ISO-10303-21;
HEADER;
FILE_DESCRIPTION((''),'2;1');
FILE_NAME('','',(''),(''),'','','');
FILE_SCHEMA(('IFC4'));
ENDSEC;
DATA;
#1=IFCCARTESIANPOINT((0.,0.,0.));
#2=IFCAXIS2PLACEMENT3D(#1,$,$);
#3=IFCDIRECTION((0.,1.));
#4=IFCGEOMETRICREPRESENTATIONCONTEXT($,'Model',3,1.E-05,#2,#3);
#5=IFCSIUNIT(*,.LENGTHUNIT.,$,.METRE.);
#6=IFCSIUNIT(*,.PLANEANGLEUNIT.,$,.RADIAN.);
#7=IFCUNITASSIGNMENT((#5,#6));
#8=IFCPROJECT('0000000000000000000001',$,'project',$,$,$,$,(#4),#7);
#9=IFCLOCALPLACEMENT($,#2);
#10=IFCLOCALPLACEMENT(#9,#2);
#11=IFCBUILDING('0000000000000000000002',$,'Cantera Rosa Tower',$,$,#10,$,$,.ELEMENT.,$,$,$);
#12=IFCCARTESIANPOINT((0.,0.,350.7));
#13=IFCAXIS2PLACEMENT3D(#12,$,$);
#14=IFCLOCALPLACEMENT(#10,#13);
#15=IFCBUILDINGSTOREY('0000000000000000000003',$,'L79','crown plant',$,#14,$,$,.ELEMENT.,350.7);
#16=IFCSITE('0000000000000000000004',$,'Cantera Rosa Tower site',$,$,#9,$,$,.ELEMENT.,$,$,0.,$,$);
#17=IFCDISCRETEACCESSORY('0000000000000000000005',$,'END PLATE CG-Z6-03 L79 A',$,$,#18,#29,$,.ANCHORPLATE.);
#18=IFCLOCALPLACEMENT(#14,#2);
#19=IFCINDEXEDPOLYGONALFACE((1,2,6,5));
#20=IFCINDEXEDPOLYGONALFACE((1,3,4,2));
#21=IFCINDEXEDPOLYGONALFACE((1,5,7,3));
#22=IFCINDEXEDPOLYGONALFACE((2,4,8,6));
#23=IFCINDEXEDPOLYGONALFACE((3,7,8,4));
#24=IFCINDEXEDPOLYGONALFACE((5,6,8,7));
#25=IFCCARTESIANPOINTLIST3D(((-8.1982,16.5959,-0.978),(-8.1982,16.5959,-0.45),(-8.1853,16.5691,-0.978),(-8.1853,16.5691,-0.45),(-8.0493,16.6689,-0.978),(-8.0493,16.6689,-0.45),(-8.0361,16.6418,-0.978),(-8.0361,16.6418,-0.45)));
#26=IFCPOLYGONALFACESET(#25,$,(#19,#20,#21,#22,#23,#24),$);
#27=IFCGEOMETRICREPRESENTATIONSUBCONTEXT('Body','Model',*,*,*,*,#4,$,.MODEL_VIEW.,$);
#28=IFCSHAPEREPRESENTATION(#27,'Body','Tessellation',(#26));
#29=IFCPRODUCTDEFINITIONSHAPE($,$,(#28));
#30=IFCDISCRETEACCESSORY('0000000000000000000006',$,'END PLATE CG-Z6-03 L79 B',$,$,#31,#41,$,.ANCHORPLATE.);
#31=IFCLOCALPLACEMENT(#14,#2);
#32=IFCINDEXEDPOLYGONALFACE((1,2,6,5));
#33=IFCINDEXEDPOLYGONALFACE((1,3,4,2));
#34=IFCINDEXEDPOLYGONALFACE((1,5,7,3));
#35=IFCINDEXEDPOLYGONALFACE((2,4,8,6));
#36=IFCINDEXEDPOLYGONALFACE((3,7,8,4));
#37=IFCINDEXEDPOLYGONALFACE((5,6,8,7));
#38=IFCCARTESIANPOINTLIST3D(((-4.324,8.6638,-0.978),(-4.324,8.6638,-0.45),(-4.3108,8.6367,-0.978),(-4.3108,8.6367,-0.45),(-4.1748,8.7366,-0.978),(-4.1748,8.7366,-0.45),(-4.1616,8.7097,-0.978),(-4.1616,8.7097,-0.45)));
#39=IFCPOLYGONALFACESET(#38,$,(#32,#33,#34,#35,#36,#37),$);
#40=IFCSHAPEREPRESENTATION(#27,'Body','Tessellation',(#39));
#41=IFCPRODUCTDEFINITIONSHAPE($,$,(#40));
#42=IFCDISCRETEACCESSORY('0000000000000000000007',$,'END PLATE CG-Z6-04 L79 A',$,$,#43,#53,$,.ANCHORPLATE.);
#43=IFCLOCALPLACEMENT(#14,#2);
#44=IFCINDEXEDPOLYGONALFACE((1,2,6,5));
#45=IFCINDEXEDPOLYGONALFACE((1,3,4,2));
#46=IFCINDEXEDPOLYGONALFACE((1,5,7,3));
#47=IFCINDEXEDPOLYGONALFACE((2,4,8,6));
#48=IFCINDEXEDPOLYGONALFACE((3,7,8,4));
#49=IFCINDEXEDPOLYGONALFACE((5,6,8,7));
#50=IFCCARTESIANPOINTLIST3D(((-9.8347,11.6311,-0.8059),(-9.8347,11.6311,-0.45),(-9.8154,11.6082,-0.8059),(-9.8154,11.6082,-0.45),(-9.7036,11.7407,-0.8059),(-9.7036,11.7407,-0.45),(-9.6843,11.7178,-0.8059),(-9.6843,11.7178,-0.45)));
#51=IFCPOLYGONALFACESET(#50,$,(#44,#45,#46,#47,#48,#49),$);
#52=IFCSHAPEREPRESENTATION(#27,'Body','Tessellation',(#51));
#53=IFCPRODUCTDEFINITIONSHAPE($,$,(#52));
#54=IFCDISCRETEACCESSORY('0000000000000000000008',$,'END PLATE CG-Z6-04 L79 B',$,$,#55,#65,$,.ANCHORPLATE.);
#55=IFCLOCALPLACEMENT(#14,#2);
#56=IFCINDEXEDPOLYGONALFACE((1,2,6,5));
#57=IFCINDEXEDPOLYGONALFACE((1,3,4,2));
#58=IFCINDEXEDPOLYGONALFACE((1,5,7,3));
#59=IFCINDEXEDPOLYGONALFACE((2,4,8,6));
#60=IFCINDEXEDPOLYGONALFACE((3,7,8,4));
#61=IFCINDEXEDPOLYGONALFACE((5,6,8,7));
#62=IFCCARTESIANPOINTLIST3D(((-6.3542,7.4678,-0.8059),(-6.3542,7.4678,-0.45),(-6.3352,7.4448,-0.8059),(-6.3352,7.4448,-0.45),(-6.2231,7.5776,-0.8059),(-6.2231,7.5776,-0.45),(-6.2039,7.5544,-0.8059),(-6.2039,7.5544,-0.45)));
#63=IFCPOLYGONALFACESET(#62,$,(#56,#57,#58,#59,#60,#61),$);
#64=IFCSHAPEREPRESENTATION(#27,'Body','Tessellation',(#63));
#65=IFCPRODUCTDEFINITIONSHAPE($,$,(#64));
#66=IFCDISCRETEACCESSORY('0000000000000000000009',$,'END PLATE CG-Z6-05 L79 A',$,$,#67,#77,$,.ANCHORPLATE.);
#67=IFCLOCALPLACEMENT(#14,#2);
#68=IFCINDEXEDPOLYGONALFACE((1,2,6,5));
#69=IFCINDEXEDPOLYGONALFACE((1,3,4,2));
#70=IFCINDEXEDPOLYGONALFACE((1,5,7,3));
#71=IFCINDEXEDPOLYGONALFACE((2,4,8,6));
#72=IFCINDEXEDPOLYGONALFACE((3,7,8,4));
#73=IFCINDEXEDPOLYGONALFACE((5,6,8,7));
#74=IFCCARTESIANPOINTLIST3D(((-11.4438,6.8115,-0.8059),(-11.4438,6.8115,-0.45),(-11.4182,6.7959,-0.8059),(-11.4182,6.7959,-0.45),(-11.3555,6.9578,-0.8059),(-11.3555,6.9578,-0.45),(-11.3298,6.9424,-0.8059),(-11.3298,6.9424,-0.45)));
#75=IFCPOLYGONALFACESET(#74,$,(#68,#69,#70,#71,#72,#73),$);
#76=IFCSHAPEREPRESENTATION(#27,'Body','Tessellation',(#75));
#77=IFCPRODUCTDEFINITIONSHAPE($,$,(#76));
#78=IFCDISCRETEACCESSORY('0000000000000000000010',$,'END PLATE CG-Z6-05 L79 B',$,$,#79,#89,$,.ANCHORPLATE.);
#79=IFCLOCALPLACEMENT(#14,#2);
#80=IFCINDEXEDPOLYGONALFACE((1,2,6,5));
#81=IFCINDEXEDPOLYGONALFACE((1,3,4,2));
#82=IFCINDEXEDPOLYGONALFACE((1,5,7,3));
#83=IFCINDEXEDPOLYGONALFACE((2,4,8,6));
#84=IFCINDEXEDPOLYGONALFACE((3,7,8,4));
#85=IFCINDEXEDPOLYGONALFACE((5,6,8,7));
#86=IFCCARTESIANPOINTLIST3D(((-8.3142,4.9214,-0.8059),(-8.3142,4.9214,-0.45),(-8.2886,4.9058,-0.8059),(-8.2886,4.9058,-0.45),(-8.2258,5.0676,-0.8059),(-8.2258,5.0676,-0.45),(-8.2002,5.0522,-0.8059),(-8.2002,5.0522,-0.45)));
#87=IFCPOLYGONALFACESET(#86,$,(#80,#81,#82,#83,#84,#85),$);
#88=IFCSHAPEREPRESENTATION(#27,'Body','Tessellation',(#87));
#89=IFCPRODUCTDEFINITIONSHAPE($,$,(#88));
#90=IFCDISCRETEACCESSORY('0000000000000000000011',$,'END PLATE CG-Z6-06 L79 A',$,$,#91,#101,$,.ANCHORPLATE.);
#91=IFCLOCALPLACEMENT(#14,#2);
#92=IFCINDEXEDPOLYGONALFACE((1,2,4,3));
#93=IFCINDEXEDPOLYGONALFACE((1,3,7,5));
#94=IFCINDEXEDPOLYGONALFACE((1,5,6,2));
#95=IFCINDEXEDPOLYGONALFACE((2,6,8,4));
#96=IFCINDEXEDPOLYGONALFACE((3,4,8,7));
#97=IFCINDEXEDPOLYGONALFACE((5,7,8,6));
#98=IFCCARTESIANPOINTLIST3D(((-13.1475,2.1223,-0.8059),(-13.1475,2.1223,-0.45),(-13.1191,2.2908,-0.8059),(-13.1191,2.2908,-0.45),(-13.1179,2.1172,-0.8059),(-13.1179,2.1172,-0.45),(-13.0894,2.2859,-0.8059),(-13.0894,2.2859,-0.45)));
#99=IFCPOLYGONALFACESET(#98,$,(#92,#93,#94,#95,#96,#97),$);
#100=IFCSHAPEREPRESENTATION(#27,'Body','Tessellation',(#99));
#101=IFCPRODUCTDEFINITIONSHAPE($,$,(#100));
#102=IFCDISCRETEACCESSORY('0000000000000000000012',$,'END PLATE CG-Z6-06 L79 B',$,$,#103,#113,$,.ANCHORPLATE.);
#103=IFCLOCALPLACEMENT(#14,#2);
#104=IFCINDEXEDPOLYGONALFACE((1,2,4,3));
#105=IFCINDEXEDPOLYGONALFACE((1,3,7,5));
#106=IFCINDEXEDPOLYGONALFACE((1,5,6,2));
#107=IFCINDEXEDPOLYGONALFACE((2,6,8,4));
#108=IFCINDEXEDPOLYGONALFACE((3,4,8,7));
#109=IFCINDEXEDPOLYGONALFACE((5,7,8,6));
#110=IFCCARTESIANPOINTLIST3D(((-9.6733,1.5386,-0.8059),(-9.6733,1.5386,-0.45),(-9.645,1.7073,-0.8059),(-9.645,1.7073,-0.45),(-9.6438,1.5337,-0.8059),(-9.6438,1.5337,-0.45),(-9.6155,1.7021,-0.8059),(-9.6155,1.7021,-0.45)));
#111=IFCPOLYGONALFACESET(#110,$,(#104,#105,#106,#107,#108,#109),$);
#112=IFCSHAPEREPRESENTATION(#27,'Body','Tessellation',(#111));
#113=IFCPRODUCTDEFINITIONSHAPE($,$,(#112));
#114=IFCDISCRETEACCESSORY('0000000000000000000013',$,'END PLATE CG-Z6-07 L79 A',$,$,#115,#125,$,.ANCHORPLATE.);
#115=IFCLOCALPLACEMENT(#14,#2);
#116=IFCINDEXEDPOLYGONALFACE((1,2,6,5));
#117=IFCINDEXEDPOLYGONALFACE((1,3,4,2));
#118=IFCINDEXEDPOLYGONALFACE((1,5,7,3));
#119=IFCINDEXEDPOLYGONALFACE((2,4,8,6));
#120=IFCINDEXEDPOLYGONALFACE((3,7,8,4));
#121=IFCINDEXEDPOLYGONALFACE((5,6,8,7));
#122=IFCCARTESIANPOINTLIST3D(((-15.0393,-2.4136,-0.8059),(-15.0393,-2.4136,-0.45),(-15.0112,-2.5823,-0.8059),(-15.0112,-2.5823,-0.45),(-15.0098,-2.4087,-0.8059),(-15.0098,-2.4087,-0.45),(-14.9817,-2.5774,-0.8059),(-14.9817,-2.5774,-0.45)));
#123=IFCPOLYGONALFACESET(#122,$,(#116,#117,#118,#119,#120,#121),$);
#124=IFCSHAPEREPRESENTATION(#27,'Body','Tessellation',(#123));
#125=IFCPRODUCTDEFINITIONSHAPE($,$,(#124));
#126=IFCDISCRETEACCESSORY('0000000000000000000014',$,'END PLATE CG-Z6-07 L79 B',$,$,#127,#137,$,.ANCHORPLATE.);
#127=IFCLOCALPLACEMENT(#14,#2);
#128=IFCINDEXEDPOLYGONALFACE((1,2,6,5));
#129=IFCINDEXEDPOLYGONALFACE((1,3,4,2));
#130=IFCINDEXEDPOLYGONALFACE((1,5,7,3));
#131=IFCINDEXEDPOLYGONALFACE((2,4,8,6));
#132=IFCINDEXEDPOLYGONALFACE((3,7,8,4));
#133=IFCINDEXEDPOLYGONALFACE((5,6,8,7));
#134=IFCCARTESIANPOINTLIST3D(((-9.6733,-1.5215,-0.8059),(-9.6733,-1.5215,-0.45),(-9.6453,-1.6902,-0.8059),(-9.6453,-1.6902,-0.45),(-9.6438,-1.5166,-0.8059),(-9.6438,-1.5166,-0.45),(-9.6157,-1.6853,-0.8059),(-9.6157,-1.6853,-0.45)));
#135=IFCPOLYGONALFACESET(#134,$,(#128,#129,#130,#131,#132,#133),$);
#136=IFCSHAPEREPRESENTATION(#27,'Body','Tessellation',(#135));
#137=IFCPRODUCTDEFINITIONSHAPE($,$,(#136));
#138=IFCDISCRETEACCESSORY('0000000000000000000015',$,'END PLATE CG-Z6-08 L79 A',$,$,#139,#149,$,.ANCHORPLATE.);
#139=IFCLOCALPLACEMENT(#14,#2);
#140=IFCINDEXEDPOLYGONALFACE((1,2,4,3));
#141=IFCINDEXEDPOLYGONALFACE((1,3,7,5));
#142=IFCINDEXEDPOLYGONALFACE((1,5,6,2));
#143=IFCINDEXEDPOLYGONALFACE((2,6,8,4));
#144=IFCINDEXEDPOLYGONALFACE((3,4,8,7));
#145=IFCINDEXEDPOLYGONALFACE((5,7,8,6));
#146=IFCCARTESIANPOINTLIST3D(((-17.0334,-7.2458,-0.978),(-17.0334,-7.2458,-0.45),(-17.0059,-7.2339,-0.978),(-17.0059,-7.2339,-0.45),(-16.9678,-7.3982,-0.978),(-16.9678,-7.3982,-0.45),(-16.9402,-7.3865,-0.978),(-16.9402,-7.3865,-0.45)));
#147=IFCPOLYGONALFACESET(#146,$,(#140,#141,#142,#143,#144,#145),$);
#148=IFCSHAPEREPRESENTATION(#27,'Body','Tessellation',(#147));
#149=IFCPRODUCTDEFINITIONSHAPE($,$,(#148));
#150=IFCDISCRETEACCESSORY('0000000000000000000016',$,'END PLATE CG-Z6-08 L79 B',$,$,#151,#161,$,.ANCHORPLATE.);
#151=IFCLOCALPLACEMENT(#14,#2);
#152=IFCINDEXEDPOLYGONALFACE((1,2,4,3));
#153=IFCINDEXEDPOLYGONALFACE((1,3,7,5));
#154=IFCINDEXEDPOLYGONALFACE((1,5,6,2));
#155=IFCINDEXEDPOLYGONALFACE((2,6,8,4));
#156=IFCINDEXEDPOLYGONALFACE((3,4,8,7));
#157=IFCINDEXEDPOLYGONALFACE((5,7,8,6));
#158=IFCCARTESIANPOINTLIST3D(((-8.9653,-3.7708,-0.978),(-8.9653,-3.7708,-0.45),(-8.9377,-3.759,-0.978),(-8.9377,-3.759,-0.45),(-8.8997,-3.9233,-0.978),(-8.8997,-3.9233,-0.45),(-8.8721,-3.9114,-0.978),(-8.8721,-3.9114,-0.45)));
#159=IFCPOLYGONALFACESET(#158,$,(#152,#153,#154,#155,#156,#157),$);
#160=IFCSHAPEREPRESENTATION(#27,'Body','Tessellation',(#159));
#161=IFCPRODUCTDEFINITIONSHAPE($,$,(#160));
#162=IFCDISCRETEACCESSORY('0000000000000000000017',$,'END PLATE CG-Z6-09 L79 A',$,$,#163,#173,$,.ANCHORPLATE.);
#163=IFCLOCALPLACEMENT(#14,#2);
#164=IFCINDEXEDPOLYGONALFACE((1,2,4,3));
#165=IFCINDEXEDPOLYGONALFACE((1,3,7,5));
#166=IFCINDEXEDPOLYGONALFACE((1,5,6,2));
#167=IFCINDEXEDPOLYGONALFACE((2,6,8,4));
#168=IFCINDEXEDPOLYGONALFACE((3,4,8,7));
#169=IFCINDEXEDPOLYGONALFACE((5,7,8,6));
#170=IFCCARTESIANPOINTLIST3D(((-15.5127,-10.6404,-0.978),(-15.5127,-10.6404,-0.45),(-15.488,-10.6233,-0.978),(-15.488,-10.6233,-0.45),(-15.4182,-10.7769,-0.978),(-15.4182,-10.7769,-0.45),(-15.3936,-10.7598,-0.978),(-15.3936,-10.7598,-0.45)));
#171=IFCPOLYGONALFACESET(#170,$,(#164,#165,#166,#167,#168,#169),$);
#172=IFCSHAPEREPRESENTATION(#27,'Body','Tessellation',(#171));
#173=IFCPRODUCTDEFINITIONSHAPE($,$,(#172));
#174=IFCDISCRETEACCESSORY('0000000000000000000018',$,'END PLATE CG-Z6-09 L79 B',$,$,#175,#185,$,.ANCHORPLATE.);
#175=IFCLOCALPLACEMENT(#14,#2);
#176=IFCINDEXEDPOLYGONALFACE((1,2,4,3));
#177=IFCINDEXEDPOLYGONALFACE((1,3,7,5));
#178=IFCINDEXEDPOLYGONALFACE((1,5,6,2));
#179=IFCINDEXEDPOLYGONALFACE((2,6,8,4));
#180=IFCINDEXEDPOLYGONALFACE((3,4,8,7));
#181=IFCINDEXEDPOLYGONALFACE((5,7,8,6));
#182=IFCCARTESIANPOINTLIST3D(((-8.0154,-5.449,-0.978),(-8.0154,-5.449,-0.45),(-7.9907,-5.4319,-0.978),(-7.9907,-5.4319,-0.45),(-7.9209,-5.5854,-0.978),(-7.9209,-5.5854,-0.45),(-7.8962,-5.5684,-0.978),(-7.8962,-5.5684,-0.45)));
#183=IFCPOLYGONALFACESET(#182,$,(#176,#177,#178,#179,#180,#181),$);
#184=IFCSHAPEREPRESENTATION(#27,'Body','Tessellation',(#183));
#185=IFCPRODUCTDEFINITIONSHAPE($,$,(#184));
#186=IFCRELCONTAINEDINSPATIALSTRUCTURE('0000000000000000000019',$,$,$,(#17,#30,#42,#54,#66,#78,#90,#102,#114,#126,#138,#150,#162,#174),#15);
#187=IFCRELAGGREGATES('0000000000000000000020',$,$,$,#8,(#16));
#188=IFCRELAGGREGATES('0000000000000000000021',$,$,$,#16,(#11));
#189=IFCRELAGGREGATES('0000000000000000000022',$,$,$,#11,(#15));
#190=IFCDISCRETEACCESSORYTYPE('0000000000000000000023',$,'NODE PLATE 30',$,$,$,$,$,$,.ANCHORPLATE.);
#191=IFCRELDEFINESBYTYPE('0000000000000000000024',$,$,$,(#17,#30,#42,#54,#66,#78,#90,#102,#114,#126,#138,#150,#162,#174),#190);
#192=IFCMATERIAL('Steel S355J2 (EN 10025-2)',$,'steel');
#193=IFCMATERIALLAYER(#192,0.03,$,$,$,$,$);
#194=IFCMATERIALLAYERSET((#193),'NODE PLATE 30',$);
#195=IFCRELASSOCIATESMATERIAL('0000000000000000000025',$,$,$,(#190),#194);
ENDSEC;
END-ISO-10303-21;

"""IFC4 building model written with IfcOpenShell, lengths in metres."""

from ifc_helpers import new_model, si_unit, direction, frame, origin, place, context, subcontext, project, spatial, polyline, outline, extrude, material, layer, layer_set, type_object, element, save


model = new_model("IFC4")

# Units and contexts
model_context = context("Model", 3, precision=1e-05, world=origin(), true_north=direction((0.0, 1.0)))
body_context = subcontext(model_context, "Body", "Model", "MODEL_VIEW")
ifc_project = project(units=[si_unit("LENGTHUNIT", "METRE"), si_unit("PLANEANGLEUNIT", "RADIAN")], contexts=[model_context])

# Site, building, storey
site_placement = place(None, origin())
site = spatial("IfcSite", under=ifc_project, at=site_placement, Name="Cantera Rosa Tower site", CompositionType="ELEMENT", RefElevation=0.0)
building_placement = place(site_placement, origin())
building = spatial("IfcBuilding", under=site, at=building_placement, Name="Cantera Rosa Tower", CompositionType="ELEMENT")
storey_placement = place(building_placement, frame((0.0, 0.0, 350.7)))
storey = spatial("IfcBuildingStorey", under=building, at=storey_placement, Name="L79", Description="crown plant", CompositionType="ELEMENT", Elevation=350.7)

# Discrete accessories
ifc_material_1 = material(Name="Steel S355J2 (EN 10025-2)", Category="steel")
ifc_layer_1 = layer(ifc_material_1, 0.03)
ifc_layer_set_1 = layer_set([ifc_layer_1], Name="NODE PLATE 30")
discrete_accessory_type = type_object("IfcDiscreteAccessoryType", Name="NODE PLATE 30", PredefinedType="ANCHORPLATE", material=ifc_layer_set_1)
discrete_accessory_1_placement = place(storey_placement, frame((0.0, 0.0, -0.978)))
element("IfcDiscreteAccessory", 1, at=discrete_accessory_1_placement, inside=storey, type_object=discrete_accessory_type, Name="END PLATE CG-Z6-03 L79 A", PredefinedType="ANCHORPLATE", context=body_context, shape_type="SweptSolid", body=[
    extrude(outline(polyline([(-8.1853, 16.5691), (-8.1982, 16.5959), (-8.0493, 16.6689), (-8.0361, 16.6418), (-8.1853, 16.5691)])), origin(), (0.0, 0.0, 1.0), 0.5281),
])
discrete_accessory_2_placement = place(storey_placement, frame((0.0, 0.0, -0.978)))
element("IfcDiscreteAccessory", 2, at=discrete_accessory_2_placement, inside=storey, type_object=discrete_accessory_type, Name="END PLATE CG-Z6-03 L79 B", PredefinedType="ANCHORPLATE", context=body_context, shape_type="SweptSolid", body=[
    extrude(outline(polyline([(-4.1748, 8.7366), (-4.1616, 8.7097), (-4.3108, 8.6367), (-4.324, 8.6638), (-4.1748, 8.7366)])), origin(), (0.0, 0.0, 1.0), 0.5281),
])
discrete_accessory_3_placement = place(storey_placement, frame((0.0, 0.0, -0.8059)))
element("IfcDiscreteAccessory", 3, at=discrete_accessory_3_placement, inside=storey, type_object=discrete_accessory_type, Name="END PLATE CG-Z6-04 L79 A", PredefinedType="ANCHORPLATE", context=body_context, shape_type="SweptSolid", body=[
    extrude(outline(polyline([(-9.8154, 11.6082), (-9.8347, 11.6311), (-9.7036, 11.7407), (-9.6843, 11.7178), (-9.8154, 11.6082)])), origin(), (0.0, 0.0, 1.0), 0.356),
])
discrete_accessory_4_placement = place(storey_placement, frame((0.0, 0.0, -0.8059)))
element("IfcDiscreteAccessory", 4, at=discrete_accessory_4_placement, inside=storey, type_object=discrete_accessory_type, Name="END PLATE CG-Z6-04 L79 B", PredefinedType="ANCHORPLATE", context=body_context, shape_type="SweptSolid", body=[
    extrude(outline(polyline([(-6.2231, 7.5776), (-6.2039, 7.5544), (-6.3352, 7.4448), (-6.3542, 7.4678), (-6.2231, 7.5776)])), origin(), (0.0, 0.0, 1.0), 0.356),
])
discrete_accessory_5_placement = place(storey_placement, frame((0.0, 0.0, -0.8059)))
element("IfcDiscreteAccessory", 5, at=discrete_accessory_5_placement, inside=storey, type_object=discrete_accessory_type, Name="END PLATE CG-Z6-05 L79 A", PredefinedType="ANCHORPLATE", context=body_context, shape_type="SweptSolid", body=[
    extrude(outline(polyline([(-11.4182, 6.7959), (-11.4438, 6.8115), (-11.3555, 6.9578), (-11.3298, 6.9424), (-11.4182, 6.7959)])), origin(), (0.0, 0.0, 1.0), 0.356),
])
discrete_accessory_6_placement = place(storey_placement, frame((0.0, 0.0, -0.8059)))
element("IfcDiscreteAccessory", 6, at=discrete_accessory_6_placement, inside=storey, type_object=discrete_accessory_type, Name="END PLATE CG-Z6-05 L79 B", PredefinedType="ANCHORPLATE", context=body_context, shape_type="SweptSolid", body=[
    extrude(outline(polyline([(-8.2258, 5.0676), (-8.2002, 5.0522), (-8.2886, 4.9058), (-8.3142, 4.9214), (-8.2258, 5.0676)])), origin(), (0.0, 0.0, 1.0), 0.356),
])
discrete_accessory_7_placement = place(storey_placement, frame((0.0, 0.0, -0.8059)))
element("IfcDiscreteAccessory", 7, at=discrete_accessory_7_placement, inside=storey, type_object=discrete_accessory_type, Name="END PLATE CG-Z6-06 L79 A", PredefinedType="ANCHORPLATE", context=body_context, shape_type="SweptSolid", body=[
    extrude(outline(polyline([(-13.1179, 2.1172), (-13.1475, 2.1223), (-13.1191, 2.2908), (-13.0894, 2.2859), (-13.1179, 2.1172)])), origin(), (0.0, 0.0, 1.0), 0.356),
])
discrete_accessory_8_placement = place(storey_placement, frame((0.0, 0.0, -0.8059)))
element("IfcDiscreteAccessory", 8, at=discrete_accessory_8_placement, inside=storey, type_object=discrete_accessory_type, Name="END PLATE CG-Z6-06 L79 B", PredefinedType="ANCHORPLATE", context=body_context, shape_type="SweptSolid", body=[
    extrude(outline(polyline([(-9.645, 1.7073), (-9.6155, 1.7021), (-9.6438, 1.5337), (-9.6733, 1.5386), (-9.645, 1.7073)])), origin(), (0.0, 0.0, 1.0), 0.356),
])
discrete_accessory_9_placement = place(storey_placement, frame((0.0, 0.0, -0.8059)))
element("IfcDiscreteAccessory", 9, at=discrete_accessory_9_placement, inside=storey, type_object=discrete_accessory_type, Name="END PLATE CG-Z6-07 L79 A", PredefinedType="ANCHORPLATE", context=body_context, shape_type="SweptSolid", body=[
    extrude(outline(polyline([(-14.9817, -2.5774), (-15.0112, -2.5823), (-15.0393, -2.4136), (-15.0098, -2.4087), (-14.9817, -2.5774)])), origin(), (0.0, 0.0, 1.0), 0.356),
])
discrete_accessory_10_placement = place(storey_placement, frame((0.0, 0.0, -0.8059)))
element("IfcDiscreteAccessory", 10, at=discrete_accessory_10_placement, inside=storey, type_object=discrete_accessory_type, Name="END PLATE CG-Z6-07 L79 B", PredefinedType="ANCHORPLATE", context=body_context, shape_type="SweptSolid", body=[
    extrude(outline(polyline([(-9.6733, -1.5215), (-9.6438, -1.5166), (-9.6157, -1.6853), (-9.6453, -1.6902), (-9.6733, -1.5215)])), origin(), (0.0, 0.0, 1.0), 0.356),
])
discrete_accessory_11_placement = place(storey_placement, frame((0.0, 0.0, -0.978)))
element("IfcDiscreteAccessory", 11, at=discrete_accessory_11_placement, inside=storey, type_object=discrete_accessory_type, Name="END PLATE CG-Z6-08 L79 A", PredefinedType="ANCHORPLATE", context=body_context, shape_type="SweptSolid", body=[
    extrude(outline(polyline([(-16.9402, -7.3865), (-16.9678, -7.3982), (-17.0334, -7.2458), (-17.0059, -7.2339), (-16.9402, -7.3865)])), origin(), (0.0, 0.0, 1.0), 0.5281),
])
discrete_accessory_12_placement = place(storey_placement, frame((0.0, 0.0, -0.978)))
element("IfcDiscreteAccessory", 12, at=discrete_accessory_12_placement, inside=storey, type_object=discrete_accessory_type, Name="END PLATE CG-Z6-08 L79 B", PredefinedType="ANCHORPLATE", context=body_context, shape_type="SweptSolid", body=[
    extrude(outline(polyline([(-8.9653, -3.7708), (-8.9377, -3.759), (-8.8721, -3.9114), (-8.8997, -3.9233), (-8.9653, -3.7708)])), origin(), (0.0, 0.0, 1.0), 0.5281),
])
discrete_accessory_13_placement = place(storey_placement, frame((0.0, 0.0, -0.978)))
element("IfcDiscreteAccessory", 13, at=discrete_accessory_13_placement, inside=storey, type_object=discrete_accessory_type, Name="END PLATE CG-Z6-09 L79 A", PredefinedType="ANCHORPLATE", context=body_context, shape_type="SweptSolid", body=[
    extrude(outline(polyline([(-15.3936, -10.7598), (-15.4182, -10.7769), (-15.5127, -10.6404), (-15.488, -10.6233), (-15.3936, -10.7598)])), origin(), (0.0, 0.0, 1.0), 0.5281),
])
discrete_accessory_14_placement = place(storey_placement, frame((0.0, 0.0, -0.978)))
element("IfcDiscreteAccessory", 14, at=discrete_accessory_14_placement, inside=storey, type_object=discrete_accessory_type, Name="END PLATE CG-Z6-09 L79 B", PredefinedType="ANCHORPLATE", context=body_context, shape_type="SweptSolid", body=[
    extrude(outline(polyline([(-8.0154, -5.449), (-7.9907, -5.4319), (-7.8962, -5.5684), (-7.9209, -5.5854), (-8.0154, -5.449)])), origin(), (0.0, 0.0, 1.0), 0.5281),
])

save(model, "model.ifc")
